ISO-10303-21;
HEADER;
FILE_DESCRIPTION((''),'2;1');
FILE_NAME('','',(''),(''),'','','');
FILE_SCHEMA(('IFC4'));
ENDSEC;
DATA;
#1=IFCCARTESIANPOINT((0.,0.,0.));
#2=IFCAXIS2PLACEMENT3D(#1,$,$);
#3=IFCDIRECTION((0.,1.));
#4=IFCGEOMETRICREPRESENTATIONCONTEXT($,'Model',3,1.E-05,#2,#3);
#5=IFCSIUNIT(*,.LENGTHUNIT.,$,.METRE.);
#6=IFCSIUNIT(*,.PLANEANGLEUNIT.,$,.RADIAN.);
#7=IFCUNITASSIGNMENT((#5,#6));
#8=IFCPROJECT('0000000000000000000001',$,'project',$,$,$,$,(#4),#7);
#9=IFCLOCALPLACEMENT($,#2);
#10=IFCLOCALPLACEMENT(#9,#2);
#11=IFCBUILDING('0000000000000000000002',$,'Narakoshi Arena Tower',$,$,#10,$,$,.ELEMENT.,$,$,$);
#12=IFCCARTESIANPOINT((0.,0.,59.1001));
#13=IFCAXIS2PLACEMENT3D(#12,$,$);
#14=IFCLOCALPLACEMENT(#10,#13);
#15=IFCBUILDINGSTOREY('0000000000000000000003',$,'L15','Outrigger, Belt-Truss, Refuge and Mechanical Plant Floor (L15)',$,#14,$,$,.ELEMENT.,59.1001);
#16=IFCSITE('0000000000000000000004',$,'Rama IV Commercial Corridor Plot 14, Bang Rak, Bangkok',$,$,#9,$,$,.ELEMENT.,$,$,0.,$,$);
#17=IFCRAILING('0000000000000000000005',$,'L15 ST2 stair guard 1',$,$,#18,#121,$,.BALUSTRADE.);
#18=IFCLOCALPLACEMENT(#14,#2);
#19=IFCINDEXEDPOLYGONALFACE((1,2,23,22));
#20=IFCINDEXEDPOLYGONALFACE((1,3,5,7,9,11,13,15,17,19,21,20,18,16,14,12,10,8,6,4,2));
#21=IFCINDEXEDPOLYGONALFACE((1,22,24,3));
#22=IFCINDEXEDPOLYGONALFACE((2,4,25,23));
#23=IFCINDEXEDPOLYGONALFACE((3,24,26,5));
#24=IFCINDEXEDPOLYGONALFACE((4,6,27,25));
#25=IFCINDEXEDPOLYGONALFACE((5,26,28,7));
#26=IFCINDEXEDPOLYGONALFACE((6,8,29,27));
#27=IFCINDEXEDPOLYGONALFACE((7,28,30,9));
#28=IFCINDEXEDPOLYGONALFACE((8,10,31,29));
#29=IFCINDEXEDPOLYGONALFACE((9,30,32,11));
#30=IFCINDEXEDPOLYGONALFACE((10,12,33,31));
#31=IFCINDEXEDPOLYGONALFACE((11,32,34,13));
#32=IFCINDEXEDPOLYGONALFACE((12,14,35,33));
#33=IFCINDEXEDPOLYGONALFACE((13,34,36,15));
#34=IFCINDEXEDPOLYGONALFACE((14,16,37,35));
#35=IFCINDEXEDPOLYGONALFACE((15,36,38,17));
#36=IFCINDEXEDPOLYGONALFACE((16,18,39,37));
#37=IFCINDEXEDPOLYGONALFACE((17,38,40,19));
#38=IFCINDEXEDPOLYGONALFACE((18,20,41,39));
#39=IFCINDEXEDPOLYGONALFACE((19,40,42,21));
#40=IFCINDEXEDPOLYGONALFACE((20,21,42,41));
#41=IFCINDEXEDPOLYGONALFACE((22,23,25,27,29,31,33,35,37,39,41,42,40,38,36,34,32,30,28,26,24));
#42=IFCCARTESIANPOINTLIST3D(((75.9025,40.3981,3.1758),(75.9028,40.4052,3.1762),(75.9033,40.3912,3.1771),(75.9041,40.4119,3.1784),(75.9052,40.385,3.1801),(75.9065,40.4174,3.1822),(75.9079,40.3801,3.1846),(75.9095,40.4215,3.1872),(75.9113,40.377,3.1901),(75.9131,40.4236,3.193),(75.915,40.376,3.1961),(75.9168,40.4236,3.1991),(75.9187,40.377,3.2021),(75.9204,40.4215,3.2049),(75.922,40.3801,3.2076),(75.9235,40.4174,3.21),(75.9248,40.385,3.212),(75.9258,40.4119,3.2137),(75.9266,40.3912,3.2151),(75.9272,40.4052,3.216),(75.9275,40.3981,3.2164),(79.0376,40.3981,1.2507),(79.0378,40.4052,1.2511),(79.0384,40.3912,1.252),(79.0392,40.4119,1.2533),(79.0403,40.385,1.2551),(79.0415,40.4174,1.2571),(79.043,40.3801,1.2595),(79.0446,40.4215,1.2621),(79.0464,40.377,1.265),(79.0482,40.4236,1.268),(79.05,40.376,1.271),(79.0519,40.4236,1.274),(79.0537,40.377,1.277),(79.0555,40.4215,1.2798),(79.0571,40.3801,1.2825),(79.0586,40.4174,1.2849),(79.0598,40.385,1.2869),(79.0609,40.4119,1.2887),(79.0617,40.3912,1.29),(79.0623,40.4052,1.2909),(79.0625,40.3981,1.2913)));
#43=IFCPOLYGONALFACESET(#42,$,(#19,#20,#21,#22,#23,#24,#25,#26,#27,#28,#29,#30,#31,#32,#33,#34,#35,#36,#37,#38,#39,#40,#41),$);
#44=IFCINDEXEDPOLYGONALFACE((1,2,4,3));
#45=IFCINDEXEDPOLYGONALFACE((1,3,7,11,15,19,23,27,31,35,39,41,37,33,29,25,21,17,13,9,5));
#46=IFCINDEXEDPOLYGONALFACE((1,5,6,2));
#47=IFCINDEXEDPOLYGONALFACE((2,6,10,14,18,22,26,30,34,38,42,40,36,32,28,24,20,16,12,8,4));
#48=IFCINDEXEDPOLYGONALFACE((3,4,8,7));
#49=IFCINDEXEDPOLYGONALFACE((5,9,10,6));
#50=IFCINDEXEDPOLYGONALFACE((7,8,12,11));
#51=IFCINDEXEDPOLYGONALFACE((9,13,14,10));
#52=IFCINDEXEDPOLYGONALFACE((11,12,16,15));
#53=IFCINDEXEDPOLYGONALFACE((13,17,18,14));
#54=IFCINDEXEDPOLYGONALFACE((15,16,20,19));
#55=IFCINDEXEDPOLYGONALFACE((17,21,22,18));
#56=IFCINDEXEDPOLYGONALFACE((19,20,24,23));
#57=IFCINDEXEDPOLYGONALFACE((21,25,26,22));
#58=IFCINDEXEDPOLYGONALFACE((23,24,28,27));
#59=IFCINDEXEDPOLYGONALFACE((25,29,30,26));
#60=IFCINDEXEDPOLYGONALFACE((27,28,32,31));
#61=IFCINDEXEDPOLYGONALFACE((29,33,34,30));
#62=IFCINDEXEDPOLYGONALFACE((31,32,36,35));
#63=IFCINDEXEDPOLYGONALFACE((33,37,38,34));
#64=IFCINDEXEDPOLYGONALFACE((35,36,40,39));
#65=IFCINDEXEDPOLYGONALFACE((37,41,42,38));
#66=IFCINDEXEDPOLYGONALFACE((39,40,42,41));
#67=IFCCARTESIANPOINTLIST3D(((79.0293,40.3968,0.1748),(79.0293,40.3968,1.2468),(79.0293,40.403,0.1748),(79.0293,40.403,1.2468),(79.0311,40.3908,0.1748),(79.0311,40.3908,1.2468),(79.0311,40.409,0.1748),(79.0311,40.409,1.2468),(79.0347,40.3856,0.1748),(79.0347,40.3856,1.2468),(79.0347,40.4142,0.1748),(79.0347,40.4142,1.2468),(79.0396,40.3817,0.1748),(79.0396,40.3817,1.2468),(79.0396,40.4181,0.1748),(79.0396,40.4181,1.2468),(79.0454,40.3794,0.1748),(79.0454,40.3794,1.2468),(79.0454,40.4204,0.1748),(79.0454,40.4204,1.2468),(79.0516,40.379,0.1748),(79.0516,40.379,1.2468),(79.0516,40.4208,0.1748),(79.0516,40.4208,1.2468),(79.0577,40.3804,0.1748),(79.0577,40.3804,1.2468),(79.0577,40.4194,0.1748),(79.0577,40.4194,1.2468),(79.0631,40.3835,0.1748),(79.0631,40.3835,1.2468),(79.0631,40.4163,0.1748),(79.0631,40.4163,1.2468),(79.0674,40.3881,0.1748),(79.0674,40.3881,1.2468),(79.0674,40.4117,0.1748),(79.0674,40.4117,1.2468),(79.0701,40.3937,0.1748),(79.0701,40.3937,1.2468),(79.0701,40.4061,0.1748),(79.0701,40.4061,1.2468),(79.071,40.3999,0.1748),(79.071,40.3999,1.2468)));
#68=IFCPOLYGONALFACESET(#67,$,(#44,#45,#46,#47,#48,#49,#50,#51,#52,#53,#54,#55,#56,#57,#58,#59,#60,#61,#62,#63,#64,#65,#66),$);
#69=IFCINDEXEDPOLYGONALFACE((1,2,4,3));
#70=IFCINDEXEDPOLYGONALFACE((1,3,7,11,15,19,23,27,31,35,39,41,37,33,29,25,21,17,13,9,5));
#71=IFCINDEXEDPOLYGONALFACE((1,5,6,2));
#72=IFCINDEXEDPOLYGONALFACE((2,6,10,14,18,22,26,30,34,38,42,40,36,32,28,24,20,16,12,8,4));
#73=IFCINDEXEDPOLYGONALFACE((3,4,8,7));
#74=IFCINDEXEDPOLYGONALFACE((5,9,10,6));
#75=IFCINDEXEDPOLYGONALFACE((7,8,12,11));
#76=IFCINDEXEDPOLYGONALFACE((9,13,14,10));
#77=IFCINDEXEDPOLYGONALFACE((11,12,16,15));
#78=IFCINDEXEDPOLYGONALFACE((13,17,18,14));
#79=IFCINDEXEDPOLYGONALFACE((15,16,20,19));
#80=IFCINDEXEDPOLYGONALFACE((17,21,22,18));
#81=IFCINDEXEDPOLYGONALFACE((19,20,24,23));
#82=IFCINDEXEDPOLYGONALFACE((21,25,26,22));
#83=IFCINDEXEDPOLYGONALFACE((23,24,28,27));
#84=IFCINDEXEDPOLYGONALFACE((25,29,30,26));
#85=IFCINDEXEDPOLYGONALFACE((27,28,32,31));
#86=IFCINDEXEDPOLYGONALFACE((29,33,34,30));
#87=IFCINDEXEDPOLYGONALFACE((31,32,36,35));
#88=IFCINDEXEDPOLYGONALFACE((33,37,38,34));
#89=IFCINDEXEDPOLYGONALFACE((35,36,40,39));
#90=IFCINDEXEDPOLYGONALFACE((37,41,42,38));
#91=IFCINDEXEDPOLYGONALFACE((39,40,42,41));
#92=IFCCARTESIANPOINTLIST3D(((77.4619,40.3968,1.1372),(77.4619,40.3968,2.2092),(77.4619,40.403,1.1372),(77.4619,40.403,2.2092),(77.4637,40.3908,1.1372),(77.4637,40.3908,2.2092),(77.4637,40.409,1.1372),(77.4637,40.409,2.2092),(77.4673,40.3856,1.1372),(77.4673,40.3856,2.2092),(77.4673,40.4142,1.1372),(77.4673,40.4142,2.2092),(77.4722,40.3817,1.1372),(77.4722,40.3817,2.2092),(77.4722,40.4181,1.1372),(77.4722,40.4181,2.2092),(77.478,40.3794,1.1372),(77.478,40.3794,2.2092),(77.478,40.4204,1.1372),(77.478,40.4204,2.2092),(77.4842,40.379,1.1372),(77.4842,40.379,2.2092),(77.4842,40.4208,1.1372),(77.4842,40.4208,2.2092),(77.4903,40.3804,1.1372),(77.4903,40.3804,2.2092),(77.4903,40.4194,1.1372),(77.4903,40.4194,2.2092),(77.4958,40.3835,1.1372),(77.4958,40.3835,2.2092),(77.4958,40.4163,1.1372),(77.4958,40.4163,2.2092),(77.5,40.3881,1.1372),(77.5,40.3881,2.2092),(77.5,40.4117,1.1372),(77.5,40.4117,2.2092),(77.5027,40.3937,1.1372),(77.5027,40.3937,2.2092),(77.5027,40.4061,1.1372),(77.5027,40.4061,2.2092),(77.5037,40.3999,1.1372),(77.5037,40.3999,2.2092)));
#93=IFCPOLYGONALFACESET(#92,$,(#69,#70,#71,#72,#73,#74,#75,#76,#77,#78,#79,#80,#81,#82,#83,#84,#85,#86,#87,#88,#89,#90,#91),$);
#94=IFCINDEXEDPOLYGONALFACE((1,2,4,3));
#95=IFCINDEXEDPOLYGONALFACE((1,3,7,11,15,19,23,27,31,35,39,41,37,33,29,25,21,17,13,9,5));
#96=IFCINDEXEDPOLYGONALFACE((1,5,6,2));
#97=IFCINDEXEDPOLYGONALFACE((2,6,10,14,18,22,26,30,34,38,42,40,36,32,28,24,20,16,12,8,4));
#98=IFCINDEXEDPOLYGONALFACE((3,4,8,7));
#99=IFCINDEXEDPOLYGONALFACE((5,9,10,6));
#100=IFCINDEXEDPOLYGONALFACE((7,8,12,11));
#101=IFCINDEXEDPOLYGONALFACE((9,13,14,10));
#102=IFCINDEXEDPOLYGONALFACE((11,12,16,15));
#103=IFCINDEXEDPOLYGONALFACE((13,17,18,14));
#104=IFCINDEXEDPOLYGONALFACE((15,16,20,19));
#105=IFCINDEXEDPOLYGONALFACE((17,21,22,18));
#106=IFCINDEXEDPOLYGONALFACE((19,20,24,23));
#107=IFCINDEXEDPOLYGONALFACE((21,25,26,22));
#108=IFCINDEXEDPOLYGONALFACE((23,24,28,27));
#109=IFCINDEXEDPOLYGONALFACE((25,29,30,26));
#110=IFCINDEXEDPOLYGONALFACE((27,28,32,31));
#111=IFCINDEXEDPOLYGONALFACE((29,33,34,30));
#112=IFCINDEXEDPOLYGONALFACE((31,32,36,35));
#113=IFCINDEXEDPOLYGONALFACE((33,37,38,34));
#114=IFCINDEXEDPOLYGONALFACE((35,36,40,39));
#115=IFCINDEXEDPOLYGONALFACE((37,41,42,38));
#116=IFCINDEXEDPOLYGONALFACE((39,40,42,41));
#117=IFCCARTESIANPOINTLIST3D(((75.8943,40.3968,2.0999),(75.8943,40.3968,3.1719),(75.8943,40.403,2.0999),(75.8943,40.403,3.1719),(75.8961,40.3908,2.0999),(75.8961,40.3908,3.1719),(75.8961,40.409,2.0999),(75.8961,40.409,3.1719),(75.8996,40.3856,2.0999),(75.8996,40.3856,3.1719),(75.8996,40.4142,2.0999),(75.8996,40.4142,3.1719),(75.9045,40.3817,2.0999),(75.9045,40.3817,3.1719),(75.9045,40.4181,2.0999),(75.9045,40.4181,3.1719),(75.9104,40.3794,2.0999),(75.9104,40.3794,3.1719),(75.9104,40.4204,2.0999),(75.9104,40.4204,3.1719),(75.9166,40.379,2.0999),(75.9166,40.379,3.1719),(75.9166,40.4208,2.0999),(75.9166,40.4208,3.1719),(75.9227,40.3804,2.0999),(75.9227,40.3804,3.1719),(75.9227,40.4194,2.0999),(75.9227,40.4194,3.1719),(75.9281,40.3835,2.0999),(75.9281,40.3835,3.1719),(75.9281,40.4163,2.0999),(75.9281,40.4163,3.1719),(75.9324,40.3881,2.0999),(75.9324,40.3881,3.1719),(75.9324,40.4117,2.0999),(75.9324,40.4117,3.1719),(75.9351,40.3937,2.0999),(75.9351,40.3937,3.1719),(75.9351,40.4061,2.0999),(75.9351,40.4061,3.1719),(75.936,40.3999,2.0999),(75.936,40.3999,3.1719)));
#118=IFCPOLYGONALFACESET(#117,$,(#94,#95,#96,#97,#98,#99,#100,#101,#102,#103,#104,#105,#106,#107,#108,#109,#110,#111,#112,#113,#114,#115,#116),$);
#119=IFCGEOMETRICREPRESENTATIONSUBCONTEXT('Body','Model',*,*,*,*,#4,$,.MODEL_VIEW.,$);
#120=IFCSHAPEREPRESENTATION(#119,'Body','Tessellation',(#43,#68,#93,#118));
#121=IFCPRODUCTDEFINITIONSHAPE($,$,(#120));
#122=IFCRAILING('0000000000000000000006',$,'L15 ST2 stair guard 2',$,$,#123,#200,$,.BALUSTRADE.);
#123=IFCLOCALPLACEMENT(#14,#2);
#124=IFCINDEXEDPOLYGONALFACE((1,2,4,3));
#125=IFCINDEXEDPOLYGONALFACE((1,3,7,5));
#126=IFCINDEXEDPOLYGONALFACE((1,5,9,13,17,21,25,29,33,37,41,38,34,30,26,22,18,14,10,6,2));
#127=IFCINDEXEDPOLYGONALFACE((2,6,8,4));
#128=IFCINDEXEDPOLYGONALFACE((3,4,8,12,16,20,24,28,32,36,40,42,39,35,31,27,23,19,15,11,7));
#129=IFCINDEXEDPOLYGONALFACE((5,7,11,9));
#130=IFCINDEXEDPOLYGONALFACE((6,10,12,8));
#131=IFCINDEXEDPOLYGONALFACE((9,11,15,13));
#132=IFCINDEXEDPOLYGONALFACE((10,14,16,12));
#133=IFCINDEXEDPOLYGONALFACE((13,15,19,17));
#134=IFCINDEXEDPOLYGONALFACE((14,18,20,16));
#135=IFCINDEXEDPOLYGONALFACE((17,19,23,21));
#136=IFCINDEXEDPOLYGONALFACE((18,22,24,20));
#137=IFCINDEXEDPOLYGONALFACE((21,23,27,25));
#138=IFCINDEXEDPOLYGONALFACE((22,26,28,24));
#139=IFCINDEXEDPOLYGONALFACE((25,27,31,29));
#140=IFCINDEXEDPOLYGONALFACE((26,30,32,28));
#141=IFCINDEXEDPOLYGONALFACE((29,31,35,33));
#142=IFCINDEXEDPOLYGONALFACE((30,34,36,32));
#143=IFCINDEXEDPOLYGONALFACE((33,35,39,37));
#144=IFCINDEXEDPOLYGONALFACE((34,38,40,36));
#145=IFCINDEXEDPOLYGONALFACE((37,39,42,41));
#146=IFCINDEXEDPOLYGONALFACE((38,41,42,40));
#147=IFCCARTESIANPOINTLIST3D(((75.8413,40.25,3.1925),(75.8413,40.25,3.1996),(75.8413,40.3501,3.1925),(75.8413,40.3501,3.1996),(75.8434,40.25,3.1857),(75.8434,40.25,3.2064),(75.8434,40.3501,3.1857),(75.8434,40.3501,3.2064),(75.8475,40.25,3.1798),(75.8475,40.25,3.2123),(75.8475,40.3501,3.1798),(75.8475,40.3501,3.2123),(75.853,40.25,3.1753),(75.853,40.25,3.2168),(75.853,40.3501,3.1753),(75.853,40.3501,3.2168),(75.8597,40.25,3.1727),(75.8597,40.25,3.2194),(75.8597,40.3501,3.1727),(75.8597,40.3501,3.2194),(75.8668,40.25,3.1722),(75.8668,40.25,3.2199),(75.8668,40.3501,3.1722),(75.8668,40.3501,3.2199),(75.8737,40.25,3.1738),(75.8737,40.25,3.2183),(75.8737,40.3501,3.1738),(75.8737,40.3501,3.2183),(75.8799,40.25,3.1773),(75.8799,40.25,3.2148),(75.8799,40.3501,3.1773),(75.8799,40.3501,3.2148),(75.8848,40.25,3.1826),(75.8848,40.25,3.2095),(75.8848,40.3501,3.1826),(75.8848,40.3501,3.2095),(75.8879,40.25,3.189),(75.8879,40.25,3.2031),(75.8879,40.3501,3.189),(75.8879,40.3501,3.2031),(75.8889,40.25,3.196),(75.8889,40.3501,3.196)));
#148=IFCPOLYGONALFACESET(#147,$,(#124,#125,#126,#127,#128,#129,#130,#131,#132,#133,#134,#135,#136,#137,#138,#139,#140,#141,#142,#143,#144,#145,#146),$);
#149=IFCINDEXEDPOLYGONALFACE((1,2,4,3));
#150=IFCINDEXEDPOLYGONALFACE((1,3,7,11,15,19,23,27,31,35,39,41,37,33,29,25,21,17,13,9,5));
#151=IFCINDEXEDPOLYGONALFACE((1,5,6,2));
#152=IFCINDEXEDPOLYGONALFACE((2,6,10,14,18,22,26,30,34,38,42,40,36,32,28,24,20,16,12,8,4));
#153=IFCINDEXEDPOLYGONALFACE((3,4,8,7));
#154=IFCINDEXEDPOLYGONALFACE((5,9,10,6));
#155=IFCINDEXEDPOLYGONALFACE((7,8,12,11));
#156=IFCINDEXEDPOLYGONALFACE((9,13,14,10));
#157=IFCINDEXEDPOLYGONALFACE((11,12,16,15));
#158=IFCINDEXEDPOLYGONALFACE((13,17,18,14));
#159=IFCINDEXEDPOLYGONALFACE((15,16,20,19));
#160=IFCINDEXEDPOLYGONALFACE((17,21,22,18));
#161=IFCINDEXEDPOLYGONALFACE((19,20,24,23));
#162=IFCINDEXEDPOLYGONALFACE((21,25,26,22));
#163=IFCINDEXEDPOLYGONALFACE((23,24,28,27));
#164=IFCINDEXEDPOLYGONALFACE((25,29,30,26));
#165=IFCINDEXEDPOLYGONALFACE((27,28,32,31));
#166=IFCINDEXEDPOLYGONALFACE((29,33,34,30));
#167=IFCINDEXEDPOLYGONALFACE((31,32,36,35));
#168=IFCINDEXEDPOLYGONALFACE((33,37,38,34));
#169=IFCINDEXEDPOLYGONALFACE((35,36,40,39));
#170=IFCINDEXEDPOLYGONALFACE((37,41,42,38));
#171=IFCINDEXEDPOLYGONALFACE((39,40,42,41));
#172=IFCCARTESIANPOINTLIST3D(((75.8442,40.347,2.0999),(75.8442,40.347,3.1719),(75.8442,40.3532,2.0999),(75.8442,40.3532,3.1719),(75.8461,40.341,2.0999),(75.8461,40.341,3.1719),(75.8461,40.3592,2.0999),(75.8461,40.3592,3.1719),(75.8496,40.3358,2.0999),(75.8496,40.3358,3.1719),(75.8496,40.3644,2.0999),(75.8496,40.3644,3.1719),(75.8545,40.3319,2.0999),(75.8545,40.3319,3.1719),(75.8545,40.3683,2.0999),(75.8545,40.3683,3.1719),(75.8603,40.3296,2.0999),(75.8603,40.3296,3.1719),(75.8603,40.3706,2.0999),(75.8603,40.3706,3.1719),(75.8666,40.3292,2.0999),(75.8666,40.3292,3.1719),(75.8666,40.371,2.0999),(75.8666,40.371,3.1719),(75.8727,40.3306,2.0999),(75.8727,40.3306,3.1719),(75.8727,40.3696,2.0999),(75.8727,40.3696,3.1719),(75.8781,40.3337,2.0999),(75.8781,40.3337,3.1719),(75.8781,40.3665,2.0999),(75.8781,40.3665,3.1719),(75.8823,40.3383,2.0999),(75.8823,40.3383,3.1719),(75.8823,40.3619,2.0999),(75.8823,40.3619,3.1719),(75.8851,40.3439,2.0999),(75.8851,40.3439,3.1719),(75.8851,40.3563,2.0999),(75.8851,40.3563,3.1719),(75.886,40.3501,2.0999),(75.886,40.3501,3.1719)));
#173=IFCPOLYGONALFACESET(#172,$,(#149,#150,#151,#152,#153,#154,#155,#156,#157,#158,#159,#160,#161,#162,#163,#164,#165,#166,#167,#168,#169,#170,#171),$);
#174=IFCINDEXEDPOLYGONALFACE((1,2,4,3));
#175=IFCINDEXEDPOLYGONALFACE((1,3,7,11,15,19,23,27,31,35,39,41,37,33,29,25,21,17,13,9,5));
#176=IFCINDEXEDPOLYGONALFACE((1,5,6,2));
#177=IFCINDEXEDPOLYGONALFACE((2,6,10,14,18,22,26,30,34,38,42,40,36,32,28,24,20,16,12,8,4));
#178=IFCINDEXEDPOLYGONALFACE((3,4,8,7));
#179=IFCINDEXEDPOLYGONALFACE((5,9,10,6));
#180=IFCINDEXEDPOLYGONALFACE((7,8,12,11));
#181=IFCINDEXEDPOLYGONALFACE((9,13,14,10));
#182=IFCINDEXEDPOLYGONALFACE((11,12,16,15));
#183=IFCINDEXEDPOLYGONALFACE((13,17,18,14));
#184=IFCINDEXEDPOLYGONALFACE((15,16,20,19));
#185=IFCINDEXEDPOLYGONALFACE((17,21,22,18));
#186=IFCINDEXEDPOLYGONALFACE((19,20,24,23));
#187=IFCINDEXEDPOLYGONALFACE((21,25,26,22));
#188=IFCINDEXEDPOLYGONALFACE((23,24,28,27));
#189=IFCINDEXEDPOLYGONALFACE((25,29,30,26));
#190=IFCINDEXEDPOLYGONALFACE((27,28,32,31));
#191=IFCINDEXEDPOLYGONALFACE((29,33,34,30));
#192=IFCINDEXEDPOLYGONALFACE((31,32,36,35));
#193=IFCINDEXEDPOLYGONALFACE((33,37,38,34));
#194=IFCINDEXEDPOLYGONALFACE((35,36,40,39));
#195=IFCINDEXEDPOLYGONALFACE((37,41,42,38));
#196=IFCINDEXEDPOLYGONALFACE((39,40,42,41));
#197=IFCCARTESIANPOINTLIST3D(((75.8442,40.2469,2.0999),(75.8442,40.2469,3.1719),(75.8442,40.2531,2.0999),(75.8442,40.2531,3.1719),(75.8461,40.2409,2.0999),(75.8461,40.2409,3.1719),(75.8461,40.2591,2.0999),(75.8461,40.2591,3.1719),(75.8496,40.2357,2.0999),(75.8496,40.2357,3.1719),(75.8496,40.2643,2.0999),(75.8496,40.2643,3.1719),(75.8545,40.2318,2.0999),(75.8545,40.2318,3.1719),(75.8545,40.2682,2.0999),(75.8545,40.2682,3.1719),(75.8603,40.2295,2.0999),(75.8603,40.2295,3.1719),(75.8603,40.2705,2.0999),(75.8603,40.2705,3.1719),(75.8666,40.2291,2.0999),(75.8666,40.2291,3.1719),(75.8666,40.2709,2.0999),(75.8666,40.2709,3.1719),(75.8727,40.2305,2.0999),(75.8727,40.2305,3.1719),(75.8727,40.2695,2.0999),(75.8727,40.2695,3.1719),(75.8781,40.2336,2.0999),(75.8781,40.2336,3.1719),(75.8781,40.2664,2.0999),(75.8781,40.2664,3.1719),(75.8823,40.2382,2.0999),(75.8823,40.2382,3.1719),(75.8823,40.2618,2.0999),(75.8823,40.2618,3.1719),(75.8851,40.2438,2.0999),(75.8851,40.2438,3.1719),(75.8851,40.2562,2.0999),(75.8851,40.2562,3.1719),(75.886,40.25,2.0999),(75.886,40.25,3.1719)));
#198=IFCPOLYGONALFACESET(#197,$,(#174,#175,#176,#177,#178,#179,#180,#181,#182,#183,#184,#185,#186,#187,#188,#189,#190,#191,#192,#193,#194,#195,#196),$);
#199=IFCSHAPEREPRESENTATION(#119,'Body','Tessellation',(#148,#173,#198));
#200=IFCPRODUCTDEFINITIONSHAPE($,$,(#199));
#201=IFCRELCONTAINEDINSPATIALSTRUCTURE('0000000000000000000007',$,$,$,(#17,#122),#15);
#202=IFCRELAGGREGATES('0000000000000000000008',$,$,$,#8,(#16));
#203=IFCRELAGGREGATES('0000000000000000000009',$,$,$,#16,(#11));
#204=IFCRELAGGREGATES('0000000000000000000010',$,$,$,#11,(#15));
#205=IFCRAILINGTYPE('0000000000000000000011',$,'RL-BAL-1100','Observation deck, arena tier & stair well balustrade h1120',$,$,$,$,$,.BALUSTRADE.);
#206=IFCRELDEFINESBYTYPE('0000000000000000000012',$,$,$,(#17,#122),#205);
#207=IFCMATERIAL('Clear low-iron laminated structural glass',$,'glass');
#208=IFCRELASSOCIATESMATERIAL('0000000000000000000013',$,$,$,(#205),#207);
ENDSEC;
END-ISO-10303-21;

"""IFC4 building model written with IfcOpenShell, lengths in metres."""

from ifc_helpers import new_model, si_unit, direction, frame, origin, origin_2d, place, context, subcontext, project, spatial, circle, extrude, material, type_object, element, save


model = new_model("IFC4")

# Units and contexts
model_context = context("Model", 3, precision=1e-05, world=origin(), true_north=direction((0.0, 1.0)))
body_context = subcontext(model_context, "Body", "Model", "MODEL_VIEW")
ifc_project = project(units=[si_unit("LENGTHUNIT", "METRE"), si_unit("PLANEANGLEUNIT", "RADIAN")], contexts=[model_context])

# Site, building, storey
site_placement = place(None, origin())
site = spatial("IfcSite", under=ifc_project, at=site_placement, Name="Rama IV Commercial Corridor Plot 14, Bang Rak, Bangkok", CompositionType="ELEMENT", RefElevation=0.0)
building_placement = place(site_placement, origin())
building = spatial("IfcBuilding", under=site, at=building_placement, Name="Narakoshi Arena Tower", CompositionType="ELEMENT")
storey_placement = place(building_placement, frame((0.0, 0.0, 59.1001)))
storey = spatial("IfcBuildingStorey", under=building, at=storey_placement, Name="L15", Description="Outrigger, Belt-Truss, Refuge and Mechanical Plant Floor (L15)", CompositionType="ELEMENT", Elevation=59.1001)

# Railings
ifc_material_1 = material(Name="Clear low-iron laminated structural glass", Category="glass")
railing_type_1 = type_object("IfcRailingType", Name="RL-BAL-1100", Description="Observation deck, arena tier & stair well balustrade h1120", PredefinedType="BALUSTRADE", material=ifc_material_1)
railing_1_placement = place(storey_placement, frame((79.05, 40.3999, 0.1748)))
element("IfcRailing", 1, at=railing_1_placement, inside=storey, type_object=railing_type_1, Name="L15 ST2 stair guard 1", PredefinedType="BALUSTRADE", context=body_context, shape_type="SweptSolid", body=[
    extrude(circle(Radius=0.0239, at=origin_2d()), frame((0.0, 0.0, 1.0962), z_axis=(-0.852166, 0.0, 0.523271), x_axis=(0.0, -1.0, 0.0)), (0.0, 0.0, 1.0), 3.679),
    extrude(circle(Radius=0.021, at=origin_2d()), origin(), (0.0, 0.0, 1.0), 1.072),
    extrude(circle(Radius=0.021, at=origin_2d()), frame((-1.5674, 0.0, 0.9624)), (0.0, 0.0, 1.0), 1.072),
    extrude(circle(Radius=0.021, at=origin_2d()), frame((-3.135, 0.0, 1.925)), (0.0, 0.0, 1.0), 1.072),
])
railing_2_placement = place(storey_placement, frame((75.865, 40.3501, 2.0999)))
element("IfcRailing", 2, at=railing_2_placement, inside=storey, type_object=railing_type_1, Name="L15 ST2 stair guard 2", PredefinedType="BALUSTRADE", context=body_context, shape_type="SweptSolid", body=[
    extrude(circle(Radius=0.0239, at=origin_2d()), frame((0.0, 0.0, 1.0962), z_axis=(0.0, -1.0, 0.0), x_axis=(1.0, 0.0, 0.0)), (0.0, 0.0, 1.0), 0.1001),
    extrude(circle(Radius=0.021, at=origin_2d()), origin(), (0.0, 0.0, 1.0), 1.072),
    extrude(circle(Radius=0.021, at=origin_2d()), frame((0.0, -0.1001, 0.0)), (0.0, 0.0, 1.0), 1.072),
])

save(model, "model.ifc")
